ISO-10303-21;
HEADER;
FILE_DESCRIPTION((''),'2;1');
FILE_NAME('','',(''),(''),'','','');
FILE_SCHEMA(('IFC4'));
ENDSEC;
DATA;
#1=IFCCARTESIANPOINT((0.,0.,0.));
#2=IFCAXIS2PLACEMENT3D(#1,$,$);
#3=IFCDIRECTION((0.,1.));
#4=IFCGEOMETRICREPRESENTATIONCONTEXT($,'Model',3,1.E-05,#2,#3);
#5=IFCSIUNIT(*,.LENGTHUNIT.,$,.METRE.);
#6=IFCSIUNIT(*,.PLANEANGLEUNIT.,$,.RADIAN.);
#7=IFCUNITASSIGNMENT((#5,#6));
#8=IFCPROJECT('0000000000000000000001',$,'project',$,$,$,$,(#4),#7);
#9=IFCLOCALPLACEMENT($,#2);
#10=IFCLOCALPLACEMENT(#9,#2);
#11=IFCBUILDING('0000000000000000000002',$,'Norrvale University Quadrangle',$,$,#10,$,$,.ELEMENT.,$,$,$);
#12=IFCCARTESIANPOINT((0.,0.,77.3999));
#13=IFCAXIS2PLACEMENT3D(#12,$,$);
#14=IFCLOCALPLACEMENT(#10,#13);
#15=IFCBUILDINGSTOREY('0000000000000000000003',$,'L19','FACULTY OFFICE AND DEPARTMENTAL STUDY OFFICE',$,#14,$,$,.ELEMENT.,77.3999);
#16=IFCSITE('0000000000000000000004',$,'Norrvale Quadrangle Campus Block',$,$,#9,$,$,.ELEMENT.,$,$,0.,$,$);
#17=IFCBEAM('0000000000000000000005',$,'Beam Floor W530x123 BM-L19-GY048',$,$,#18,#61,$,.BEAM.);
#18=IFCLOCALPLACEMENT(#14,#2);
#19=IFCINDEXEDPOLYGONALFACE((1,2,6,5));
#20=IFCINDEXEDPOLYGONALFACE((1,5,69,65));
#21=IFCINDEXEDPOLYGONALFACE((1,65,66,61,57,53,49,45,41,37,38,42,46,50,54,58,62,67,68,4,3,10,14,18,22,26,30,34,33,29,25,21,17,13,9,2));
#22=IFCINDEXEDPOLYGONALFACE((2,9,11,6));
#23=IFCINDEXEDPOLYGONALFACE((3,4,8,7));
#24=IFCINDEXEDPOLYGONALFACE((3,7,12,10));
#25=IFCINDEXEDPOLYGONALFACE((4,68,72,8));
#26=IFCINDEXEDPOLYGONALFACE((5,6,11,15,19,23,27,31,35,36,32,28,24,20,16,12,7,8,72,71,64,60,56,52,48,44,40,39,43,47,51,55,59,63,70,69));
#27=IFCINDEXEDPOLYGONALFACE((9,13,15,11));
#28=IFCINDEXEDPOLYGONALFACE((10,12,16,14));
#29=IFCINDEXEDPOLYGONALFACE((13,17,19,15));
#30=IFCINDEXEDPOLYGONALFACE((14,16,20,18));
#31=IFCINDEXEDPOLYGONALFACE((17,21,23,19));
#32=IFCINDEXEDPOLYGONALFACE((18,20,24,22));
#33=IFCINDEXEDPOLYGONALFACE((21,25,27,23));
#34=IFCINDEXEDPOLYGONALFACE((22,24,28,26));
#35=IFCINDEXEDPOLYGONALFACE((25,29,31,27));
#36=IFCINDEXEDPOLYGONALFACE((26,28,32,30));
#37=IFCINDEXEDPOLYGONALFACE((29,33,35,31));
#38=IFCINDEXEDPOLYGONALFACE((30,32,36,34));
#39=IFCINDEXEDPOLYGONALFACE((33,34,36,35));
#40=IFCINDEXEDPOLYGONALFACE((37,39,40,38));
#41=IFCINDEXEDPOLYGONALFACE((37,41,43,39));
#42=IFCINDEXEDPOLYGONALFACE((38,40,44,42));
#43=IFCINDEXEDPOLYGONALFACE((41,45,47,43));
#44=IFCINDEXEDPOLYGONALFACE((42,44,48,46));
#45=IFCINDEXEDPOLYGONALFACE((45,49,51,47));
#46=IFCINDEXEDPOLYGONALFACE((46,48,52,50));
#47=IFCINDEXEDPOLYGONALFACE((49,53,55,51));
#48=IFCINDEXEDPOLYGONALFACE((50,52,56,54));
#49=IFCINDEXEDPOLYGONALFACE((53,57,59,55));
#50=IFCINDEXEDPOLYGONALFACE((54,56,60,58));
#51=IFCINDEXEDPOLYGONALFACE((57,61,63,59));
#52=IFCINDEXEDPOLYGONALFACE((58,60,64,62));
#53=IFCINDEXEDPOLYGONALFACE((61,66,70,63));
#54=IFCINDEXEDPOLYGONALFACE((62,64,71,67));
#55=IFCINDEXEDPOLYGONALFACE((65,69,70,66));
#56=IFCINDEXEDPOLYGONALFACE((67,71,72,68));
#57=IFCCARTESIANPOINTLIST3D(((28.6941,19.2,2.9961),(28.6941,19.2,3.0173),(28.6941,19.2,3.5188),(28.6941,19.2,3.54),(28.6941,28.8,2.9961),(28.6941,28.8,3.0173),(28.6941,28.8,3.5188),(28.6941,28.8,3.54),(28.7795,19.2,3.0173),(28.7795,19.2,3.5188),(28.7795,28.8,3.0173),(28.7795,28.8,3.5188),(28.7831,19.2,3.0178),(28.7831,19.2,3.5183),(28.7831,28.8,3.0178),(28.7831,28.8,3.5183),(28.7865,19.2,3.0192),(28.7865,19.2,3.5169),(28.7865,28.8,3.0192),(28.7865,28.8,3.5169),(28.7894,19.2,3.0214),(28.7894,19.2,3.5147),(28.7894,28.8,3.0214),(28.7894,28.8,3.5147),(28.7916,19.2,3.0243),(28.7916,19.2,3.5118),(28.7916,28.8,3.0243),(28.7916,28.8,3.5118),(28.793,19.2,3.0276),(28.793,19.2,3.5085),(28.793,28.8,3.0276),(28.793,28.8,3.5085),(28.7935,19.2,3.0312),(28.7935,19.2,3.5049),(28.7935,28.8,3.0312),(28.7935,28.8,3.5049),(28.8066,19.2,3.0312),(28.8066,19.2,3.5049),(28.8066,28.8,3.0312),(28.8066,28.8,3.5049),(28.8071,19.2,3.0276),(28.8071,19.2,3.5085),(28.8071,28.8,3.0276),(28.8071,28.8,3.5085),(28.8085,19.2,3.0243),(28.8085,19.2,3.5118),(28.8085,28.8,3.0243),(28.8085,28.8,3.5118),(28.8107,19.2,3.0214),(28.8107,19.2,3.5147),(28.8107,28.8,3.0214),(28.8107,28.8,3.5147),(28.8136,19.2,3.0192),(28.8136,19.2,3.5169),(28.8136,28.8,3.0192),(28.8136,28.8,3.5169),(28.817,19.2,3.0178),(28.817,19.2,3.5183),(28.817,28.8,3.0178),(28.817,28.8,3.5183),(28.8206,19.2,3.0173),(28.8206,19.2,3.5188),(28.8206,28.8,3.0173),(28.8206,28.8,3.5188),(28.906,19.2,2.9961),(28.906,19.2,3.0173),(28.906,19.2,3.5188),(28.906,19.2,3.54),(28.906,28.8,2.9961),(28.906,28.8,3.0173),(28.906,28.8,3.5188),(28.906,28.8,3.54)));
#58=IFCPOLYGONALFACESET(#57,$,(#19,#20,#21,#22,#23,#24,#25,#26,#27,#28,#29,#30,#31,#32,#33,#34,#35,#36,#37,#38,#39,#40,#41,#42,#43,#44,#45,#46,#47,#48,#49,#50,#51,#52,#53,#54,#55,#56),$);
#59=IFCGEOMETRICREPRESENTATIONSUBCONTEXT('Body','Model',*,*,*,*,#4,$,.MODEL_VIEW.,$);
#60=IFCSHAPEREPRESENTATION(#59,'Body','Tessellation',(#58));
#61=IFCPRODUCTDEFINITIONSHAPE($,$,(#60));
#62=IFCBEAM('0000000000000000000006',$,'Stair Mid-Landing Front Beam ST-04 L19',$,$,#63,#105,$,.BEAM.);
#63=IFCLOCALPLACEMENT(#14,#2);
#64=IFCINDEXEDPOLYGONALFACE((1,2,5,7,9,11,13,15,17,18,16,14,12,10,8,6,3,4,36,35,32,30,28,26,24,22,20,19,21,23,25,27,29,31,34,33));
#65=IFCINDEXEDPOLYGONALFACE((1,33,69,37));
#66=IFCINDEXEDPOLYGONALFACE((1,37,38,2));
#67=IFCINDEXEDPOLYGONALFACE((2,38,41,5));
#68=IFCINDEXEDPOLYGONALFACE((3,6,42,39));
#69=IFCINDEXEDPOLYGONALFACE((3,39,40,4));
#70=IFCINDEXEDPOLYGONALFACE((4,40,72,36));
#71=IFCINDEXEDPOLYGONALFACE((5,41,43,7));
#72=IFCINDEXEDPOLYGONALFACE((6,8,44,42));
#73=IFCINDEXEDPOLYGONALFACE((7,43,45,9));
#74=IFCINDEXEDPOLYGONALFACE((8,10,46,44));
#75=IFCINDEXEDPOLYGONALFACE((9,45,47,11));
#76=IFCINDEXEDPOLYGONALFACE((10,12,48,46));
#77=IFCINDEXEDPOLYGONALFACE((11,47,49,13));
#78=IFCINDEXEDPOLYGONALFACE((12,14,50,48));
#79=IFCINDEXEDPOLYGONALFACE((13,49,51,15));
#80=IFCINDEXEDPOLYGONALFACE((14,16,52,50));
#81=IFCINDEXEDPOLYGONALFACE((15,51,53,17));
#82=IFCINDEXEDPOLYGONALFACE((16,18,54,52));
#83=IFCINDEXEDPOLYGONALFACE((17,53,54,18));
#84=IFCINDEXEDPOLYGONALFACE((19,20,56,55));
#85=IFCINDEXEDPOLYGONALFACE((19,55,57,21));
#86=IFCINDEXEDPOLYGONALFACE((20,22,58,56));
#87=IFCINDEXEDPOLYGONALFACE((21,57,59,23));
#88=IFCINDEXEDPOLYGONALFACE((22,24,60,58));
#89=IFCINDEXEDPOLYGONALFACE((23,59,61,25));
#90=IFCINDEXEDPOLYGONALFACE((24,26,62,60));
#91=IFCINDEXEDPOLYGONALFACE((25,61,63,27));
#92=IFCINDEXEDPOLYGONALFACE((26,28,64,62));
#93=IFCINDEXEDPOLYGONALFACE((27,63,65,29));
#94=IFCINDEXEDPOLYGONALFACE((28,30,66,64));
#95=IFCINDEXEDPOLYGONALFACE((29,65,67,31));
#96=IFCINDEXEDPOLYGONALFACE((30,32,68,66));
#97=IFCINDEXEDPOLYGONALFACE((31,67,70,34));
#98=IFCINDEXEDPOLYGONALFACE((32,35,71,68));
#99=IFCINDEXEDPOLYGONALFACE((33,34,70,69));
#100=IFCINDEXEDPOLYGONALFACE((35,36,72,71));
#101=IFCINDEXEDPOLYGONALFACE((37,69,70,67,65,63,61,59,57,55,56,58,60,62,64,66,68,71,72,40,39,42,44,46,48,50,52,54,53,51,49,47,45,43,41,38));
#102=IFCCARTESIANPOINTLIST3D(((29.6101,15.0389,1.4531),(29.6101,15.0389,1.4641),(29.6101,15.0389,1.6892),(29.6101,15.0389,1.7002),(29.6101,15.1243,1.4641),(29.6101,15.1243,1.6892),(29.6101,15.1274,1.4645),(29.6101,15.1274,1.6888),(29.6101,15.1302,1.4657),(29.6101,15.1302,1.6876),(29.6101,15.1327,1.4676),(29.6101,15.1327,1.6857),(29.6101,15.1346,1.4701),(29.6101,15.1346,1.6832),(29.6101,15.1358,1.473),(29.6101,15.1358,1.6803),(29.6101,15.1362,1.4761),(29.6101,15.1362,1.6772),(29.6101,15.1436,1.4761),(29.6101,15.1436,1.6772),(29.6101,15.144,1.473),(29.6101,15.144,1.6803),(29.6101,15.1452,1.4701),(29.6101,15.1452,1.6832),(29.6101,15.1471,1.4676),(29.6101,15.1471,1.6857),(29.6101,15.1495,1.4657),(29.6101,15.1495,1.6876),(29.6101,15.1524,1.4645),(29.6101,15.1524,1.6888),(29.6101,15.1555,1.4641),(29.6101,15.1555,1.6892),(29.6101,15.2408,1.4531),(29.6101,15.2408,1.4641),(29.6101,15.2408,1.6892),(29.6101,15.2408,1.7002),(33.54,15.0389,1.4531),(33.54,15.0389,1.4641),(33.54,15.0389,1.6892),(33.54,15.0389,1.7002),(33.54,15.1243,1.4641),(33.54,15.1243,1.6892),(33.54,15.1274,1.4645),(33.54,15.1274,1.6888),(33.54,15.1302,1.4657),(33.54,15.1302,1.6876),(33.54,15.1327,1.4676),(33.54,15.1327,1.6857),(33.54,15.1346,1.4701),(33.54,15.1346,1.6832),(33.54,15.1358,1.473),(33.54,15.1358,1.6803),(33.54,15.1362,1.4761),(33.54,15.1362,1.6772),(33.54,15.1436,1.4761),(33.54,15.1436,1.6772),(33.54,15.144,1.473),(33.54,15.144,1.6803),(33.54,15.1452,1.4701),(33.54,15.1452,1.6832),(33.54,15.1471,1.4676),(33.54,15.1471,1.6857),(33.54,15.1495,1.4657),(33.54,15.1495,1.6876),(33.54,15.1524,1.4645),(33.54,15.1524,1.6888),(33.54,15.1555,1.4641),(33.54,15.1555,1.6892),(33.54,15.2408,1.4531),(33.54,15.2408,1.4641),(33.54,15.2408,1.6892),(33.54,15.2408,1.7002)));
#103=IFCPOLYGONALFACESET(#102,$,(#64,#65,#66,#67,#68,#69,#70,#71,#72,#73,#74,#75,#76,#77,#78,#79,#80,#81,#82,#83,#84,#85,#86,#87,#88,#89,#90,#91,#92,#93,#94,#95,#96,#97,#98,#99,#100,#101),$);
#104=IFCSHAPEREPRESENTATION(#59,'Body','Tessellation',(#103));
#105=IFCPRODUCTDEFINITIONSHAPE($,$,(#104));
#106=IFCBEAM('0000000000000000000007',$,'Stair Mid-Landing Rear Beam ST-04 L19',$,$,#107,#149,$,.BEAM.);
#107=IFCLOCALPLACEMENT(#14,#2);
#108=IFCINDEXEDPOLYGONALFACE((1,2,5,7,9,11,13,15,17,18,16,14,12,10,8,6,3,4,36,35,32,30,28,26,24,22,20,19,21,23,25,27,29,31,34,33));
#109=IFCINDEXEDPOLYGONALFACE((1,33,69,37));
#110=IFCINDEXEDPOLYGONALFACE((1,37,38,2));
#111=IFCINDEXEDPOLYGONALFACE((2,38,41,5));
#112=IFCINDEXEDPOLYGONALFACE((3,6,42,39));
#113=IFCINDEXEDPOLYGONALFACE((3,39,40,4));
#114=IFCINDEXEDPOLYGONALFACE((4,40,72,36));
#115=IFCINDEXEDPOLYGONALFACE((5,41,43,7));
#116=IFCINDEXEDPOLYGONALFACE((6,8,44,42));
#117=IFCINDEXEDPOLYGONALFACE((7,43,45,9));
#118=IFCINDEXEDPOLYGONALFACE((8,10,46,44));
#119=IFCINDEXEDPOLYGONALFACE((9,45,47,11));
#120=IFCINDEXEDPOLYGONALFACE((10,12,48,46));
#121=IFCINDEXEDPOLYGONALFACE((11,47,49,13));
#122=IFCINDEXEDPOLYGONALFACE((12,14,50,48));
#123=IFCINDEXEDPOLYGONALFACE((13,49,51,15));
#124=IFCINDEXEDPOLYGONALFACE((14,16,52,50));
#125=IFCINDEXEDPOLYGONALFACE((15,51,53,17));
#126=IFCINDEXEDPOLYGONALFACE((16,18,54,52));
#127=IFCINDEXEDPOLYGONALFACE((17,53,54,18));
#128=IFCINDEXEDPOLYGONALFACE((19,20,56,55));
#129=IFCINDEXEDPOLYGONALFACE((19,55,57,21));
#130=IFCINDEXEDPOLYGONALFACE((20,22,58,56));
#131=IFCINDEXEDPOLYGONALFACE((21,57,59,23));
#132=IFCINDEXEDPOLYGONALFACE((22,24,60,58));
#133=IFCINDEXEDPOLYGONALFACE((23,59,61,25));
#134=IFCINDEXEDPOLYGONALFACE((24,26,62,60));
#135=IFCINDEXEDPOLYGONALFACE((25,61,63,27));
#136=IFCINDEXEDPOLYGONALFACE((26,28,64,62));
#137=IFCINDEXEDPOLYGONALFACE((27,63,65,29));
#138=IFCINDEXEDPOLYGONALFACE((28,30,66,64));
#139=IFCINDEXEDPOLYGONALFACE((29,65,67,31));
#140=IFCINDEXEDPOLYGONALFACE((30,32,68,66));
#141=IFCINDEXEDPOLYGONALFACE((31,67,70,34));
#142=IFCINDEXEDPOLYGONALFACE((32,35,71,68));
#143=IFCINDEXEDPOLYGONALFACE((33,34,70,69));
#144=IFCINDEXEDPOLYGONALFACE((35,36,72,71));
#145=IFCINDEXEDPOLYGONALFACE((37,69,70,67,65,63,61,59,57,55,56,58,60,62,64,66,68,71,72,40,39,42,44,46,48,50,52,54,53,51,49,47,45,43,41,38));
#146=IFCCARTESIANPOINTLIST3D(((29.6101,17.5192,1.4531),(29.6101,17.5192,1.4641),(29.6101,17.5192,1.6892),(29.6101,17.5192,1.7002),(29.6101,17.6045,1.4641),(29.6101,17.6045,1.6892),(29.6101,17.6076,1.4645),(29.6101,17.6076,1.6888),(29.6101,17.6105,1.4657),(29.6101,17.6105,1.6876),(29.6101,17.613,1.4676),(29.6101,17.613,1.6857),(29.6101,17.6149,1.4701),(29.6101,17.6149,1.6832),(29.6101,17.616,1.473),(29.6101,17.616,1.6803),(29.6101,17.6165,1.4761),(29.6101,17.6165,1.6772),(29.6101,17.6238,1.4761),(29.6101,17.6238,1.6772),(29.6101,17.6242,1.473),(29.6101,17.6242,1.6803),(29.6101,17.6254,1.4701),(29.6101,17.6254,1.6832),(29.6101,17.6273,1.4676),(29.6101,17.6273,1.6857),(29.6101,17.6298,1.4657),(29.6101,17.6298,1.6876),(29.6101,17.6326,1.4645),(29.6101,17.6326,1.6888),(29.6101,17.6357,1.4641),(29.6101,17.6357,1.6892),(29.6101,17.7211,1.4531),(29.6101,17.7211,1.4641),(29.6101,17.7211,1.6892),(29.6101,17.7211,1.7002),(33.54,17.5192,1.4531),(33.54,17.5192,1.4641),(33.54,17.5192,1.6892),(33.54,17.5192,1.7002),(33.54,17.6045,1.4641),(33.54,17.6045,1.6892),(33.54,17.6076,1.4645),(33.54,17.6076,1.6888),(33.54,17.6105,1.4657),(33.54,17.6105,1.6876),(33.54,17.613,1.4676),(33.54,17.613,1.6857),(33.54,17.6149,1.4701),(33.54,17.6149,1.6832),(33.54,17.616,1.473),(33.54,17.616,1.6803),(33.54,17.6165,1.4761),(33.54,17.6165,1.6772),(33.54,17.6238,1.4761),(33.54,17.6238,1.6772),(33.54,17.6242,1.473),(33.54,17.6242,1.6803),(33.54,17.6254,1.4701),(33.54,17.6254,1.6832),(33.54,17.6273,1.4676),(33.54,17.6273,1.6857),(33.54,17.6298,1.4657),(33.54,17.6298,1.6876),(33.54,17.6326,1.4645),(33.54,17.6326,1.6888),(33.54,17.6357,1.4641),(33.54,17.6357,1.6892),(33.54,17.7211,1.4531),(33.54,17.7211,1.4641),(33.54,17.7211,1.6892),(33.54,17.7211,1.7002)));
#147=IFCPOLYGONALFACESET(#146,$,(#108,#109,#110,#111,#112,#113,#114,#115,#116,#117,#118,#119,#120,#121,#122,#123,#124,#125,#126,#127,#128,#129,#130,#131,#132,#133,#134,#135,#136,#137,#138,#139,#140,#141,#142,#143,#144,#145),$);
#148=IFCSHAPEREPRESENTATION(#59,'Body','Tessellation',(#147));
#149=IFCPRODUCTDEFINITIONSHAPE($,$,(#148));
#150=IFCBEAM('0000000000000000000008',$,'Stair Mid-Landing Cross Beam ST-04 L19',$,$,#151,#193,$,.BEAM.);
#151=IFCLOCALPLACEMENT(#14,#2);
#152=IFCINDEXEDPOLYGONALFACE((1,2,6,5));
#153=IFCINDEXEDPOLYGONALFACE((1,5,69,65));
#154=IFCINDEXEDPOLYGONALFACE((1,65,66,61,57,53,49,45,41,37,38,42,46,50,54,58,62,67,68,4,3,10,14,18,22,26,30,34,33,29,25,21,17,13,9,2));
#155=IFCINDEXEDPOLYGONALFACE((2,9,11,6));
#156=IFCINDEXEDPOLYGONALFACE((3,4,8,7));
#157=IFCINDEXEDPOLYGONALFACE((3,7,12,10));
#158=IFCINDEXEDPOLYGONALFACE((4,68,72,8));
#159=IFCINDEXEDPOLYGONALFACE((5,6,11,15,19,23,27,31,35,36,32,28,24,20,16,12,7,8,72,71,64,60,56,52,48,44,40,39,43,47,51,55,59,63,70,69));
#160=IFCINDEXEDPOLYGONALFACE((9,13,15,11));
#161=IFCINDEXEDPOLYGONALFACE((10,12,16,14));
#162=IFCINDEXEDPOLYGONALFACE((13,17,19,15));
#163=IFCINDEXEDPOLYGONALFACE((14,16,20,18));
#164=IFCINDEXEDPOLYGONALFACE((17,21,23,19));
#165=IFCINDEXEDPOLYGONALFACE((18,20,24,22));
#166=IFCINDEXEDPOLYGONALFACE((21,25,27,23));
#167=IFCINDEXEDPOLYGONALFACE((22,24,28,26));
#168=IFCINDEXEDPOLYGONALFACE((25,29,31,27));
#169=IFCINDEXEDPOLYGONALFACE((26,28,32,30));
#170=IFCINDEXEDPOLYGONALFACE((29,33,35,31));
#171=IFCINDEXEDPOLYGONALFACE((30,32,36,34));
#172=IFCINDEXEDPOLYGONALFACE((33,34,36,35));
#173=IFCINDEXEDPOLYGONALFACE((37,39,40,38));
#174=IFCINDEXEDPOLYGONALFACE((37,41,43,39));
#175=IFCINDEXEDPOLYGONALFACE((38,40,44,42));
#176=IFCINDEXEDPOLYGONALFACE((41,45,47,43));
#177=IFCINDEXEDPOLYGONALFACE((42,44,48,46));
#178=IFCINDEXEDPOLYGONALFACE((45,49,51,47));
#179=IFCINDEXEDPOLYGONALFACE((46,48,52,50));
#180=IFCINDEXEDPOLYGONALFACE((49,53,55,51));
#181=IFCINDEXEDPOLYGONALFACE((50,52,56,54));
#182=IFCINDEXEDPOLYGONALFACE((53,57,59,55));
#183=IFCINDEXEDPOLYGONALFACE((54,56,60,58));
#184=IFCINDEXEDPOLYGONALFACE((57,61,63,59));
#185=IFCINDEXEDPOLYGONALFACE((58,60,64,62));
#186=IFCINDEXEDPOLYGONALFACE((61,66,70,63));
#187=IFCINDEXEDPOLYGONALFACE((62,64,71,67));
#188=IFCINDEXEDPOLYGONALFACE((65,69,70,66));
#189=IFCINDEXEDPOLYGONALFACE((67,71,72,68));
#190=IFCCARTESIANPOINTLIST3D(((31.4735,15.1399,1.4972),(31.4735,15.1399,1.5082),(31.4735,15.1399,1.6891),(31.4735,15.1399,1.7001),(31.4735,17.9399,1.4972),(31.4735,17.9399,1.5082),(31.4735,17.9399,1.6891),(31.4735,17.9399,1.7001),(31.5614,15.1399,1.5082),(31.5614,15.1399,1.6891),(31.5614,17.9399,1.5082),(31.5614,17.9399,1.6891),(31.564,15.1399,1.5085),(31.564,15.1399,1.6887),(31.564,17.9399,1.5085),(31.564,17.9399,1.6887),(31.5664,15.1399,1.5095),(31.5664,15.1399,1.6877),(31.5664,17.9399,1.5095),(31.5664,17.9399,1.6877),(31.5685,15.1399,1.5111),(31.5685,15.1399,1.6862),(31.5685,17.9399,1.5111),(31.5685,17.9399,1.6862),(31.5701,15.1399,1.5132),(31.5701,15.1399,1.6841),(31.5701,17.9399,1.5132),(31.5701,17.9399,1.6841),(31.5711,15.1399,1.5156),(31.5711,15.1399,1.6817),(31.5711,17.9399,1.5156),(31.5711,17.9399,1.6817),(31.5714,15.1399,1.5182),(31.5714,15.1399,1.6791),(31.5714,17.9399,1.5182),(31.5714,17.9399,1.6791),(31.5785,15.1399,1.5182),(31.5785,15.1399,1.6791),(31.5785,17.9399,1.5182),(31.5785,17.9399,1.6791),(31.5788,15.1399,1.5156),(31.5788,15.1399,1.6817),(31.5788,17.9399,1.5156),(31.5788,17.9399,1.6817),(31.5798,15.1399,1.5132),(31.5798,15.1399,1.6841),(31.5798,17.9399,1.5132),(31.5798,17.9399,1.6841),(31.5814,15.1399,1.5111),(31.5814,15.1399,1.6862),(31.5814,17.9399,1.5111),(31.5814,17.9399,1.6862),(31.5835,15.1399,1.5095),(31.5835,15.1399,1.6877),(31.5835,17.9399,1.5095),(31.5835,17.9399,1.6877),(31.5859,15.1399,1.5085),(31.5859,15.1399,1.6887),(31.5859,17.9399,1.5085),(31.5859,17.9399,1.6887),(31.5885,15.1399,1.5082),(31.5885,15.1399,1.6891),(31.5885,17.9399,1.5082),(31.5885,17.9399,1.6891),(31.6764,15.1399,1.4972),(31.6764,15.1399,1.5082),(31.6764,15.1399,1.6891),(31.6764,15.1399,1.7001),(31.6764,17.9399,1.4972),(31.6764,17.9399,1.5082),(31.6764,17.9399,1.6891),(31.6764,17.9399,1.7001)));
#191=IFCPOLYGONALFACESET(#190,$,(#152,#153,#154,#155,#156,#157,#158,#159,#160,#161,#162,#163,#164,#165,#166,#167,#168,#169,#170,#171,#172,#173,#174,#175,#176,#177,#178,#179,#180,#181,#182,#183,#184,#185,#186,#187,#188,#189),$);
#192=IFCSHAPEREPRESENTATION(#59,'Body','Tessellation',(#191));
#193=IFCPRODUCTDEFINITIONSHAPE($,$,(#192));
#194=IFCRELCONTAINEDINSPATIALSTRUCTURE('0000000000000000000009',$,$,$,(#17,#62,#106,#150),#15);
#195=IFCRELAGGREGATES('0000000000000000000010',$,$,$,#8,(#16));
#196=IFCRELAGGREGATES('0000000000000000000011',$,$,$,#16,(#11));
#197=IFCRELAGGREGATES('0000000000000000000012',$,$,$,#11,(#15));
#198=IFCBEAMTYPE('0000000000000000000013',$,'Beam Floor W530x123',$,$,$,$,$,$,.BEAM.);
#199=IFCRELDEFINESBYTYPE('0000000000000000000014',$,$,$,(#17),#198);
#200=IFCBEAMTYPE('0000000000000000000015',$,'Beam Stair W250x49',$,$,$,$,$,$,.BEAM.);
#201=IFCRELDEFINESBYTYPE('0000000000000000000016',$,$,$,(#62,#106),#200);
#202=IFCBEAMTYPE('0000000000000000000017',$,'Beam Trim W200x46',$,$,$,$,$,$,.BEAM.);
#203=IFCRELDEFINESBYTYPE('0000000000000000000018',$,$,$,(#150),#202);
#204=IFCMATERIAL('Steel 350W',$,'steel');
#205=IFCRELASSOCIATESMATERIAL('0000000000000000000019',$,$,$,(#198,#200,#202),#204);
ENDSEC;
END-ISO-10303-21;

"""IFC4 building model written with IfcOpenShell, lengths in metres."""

from ifc_helpers import new_model, si_unit, direction, frame, origin, origin_2d, place, context, subcontext, project, spatial, i_section, extrude, material, material_profile, profile_set, type_object, element, save


model = new_model("IFC4")

# Units and contexts
model_context = context("Model", 3, precision=1e-05, world=origin(), true_north=direction((0.0, 1.0)))
body_context = subcontext(model_context, "Body", "Model", "MODEL_VIEW")
ifc_project = project(units=[si_unit("LENGTHUNIT", "METRE"), si_unit("PLANEANGLEUNIT", "RADIAN")], contexts=[model_context])

# Site, building, storey
site_placement = place(None, origin())
site = spatial("IfcSite", under=ifc_project, at=site_placement, Name="Norrvale Quadrangle Campus Block", CompositionType="ELEMENT", RefElevation=0.0)
building_placement = place(site_placement, origin())
building = spatial("IfcBuilding", under=site, at=building_placement, Name="Norrvale University Quadrangle", CompositionType="ELEMENT")
storey_placement = place(building_placement, frame((0.0, 0.0, 77.3999)))
storey = spatial("IfcBuildingStorey", under=building, at=storey_placement, Name="L19", Description="FACULTY OFFICE AND DEPARTMENTAL STUDY OFFICE", CompositionType="ELEMENT", Elevation=77.3999)

# Beams
ifc_material_1 = material(Name="Steel 350W", Category="steel")
ifc_material_profile_1 = material_profile(ifc_material_1, i_section(OverallWidth=0.2119, OverallDepth=0.5439, WebThickness=0.0132, FlangeThickness=0.0212, FilletRadius=0.0139, at=origin_2d()), Name="Steel 350W")
ifc_profile_set_1 = profile_set([ifc_material_profile_1], Name="Steel 350W")
beam_type_1 = type_object("IfcBeamType", Name="Beam Floor W530x123", PredefinedType="BEAM", material=ifc_profile_set_1)
for number, where, z_axis, x_axis, name in (
    (1, (28.8, 19.2, 3.2681), (0.0, 1.0, 0.0), (-1.0, 0.0, 0.0), "Beam Floor W530x123 BM-L19-GY048"),
):
    element("IfcBeam", number, at=place(storey_placement, frame(where, z_axis=z_axis, x_axis=x_axis)), inside=storey, type_object=beam_type_1, Name=name, PredefinedType="BEAM", context=body_context, shape_type="SweptSolid", body=[
        extrude(i_section(OverallWidth=0.2119, OverallDepth=0.5439, WebThickness=0.0132, FlangeThickness=0.0212, FilletRadius=0.0139, at=origin_2d()), origin(), (0.0, 0.0, 1.0), 9.6001),
    ])
ifc_material_profile_2 = material_profile(ifc_material_1, i_section(OverallWidth=0.2019, OverallDepth=0.2471, WebThickness=0.0073, FlangeThickness=0.011, FilletRadius=0.012, at=origin_2d()), Name="Steel 350W")
ifc_profile_set_2 = profile_set([ifc_material_profile_2], Name="Steel 350W")
beam_type_2 = type_object("IfcBeamType", Name="Beam Stair W250x49", PredefinedType="BEAM", material=ifc_profile_set_2)
for number, where, z_axis, x_axis, name in (
    (2, (29.6101, 15.1399, 1.5767), (1.0, 0.0, 0.0), (0.0, 1.0, 0.0), "Stair Mid-Landing Front Beam ST-04 L19"),
    (3, (29.6101, 17.6201, 1.5767), (1.0, 0.0, 0.0), (0.0, 1.0, 0.0), "Stair Mid-Landing Rear Beam ST-04 L19"),
):
    element("IfcBeam", number, at=place(storey_placement, frame(where, z_axis=z_axis, x_axis=x_axis)), inside=storey, type_object=beam_type_2, Name=name, PredefinedType="BEAM", context=body_context, shape_type="SweptSolid", body=[
        extrude(i_section(OverallWidth=0.2019, OverallDepth=0.2471, WebThickness=0.0073, FlangeThickness=0.011, FilletRadius=0.012, at=origin_2d()), origin(), (0.0, 0.0, 1.0), 3.9299),
    ])
ifc_material_profile_3 = material_profile(ifc_material_1, i_section(OverallWidth=0.2029, OverallDepth=0.2029, WebThickness=0.0071, FlangeThickness=0.011, FilletRadius=0.01, at=origin_2d()), Name="Steel 350W")
ifc_profile_set_3 = profile_set([ifc_material_profile_3], Name="Steel 350W")
beam_type_3 = type_object("IfcBeamType", Name="Beam Trim W200x46", PredefinedType="BEAM", material=ifc_profile_set_3)
beam_1_placement = place(storey_placement, frame((31.575, 15.1399, 1.5986), z_axis=(0.0, 1.0, 0.0), x_axis=(-1.0, 0.0, 0.0)))
element("IfcBeam", 4, at=beam_1_placement, inside=storey, type_object=beam_type_3, Name="Stair Mid-Landing Cross Beam ST-04 L19", PredefinedType="BEAM", context=body_context, shape_type="SweptSolid", body=[
    extrude(i_section(OverallWidth=0.2029, OverallDepth=0.2029, WebThickness=0.0071, FlangeThickness=0.011, FilletRadius=0.01, at=origin_2d()), origin(), (0.0, 0.0, 1.0), 2.8),
])

save(model, "model.ifc")
